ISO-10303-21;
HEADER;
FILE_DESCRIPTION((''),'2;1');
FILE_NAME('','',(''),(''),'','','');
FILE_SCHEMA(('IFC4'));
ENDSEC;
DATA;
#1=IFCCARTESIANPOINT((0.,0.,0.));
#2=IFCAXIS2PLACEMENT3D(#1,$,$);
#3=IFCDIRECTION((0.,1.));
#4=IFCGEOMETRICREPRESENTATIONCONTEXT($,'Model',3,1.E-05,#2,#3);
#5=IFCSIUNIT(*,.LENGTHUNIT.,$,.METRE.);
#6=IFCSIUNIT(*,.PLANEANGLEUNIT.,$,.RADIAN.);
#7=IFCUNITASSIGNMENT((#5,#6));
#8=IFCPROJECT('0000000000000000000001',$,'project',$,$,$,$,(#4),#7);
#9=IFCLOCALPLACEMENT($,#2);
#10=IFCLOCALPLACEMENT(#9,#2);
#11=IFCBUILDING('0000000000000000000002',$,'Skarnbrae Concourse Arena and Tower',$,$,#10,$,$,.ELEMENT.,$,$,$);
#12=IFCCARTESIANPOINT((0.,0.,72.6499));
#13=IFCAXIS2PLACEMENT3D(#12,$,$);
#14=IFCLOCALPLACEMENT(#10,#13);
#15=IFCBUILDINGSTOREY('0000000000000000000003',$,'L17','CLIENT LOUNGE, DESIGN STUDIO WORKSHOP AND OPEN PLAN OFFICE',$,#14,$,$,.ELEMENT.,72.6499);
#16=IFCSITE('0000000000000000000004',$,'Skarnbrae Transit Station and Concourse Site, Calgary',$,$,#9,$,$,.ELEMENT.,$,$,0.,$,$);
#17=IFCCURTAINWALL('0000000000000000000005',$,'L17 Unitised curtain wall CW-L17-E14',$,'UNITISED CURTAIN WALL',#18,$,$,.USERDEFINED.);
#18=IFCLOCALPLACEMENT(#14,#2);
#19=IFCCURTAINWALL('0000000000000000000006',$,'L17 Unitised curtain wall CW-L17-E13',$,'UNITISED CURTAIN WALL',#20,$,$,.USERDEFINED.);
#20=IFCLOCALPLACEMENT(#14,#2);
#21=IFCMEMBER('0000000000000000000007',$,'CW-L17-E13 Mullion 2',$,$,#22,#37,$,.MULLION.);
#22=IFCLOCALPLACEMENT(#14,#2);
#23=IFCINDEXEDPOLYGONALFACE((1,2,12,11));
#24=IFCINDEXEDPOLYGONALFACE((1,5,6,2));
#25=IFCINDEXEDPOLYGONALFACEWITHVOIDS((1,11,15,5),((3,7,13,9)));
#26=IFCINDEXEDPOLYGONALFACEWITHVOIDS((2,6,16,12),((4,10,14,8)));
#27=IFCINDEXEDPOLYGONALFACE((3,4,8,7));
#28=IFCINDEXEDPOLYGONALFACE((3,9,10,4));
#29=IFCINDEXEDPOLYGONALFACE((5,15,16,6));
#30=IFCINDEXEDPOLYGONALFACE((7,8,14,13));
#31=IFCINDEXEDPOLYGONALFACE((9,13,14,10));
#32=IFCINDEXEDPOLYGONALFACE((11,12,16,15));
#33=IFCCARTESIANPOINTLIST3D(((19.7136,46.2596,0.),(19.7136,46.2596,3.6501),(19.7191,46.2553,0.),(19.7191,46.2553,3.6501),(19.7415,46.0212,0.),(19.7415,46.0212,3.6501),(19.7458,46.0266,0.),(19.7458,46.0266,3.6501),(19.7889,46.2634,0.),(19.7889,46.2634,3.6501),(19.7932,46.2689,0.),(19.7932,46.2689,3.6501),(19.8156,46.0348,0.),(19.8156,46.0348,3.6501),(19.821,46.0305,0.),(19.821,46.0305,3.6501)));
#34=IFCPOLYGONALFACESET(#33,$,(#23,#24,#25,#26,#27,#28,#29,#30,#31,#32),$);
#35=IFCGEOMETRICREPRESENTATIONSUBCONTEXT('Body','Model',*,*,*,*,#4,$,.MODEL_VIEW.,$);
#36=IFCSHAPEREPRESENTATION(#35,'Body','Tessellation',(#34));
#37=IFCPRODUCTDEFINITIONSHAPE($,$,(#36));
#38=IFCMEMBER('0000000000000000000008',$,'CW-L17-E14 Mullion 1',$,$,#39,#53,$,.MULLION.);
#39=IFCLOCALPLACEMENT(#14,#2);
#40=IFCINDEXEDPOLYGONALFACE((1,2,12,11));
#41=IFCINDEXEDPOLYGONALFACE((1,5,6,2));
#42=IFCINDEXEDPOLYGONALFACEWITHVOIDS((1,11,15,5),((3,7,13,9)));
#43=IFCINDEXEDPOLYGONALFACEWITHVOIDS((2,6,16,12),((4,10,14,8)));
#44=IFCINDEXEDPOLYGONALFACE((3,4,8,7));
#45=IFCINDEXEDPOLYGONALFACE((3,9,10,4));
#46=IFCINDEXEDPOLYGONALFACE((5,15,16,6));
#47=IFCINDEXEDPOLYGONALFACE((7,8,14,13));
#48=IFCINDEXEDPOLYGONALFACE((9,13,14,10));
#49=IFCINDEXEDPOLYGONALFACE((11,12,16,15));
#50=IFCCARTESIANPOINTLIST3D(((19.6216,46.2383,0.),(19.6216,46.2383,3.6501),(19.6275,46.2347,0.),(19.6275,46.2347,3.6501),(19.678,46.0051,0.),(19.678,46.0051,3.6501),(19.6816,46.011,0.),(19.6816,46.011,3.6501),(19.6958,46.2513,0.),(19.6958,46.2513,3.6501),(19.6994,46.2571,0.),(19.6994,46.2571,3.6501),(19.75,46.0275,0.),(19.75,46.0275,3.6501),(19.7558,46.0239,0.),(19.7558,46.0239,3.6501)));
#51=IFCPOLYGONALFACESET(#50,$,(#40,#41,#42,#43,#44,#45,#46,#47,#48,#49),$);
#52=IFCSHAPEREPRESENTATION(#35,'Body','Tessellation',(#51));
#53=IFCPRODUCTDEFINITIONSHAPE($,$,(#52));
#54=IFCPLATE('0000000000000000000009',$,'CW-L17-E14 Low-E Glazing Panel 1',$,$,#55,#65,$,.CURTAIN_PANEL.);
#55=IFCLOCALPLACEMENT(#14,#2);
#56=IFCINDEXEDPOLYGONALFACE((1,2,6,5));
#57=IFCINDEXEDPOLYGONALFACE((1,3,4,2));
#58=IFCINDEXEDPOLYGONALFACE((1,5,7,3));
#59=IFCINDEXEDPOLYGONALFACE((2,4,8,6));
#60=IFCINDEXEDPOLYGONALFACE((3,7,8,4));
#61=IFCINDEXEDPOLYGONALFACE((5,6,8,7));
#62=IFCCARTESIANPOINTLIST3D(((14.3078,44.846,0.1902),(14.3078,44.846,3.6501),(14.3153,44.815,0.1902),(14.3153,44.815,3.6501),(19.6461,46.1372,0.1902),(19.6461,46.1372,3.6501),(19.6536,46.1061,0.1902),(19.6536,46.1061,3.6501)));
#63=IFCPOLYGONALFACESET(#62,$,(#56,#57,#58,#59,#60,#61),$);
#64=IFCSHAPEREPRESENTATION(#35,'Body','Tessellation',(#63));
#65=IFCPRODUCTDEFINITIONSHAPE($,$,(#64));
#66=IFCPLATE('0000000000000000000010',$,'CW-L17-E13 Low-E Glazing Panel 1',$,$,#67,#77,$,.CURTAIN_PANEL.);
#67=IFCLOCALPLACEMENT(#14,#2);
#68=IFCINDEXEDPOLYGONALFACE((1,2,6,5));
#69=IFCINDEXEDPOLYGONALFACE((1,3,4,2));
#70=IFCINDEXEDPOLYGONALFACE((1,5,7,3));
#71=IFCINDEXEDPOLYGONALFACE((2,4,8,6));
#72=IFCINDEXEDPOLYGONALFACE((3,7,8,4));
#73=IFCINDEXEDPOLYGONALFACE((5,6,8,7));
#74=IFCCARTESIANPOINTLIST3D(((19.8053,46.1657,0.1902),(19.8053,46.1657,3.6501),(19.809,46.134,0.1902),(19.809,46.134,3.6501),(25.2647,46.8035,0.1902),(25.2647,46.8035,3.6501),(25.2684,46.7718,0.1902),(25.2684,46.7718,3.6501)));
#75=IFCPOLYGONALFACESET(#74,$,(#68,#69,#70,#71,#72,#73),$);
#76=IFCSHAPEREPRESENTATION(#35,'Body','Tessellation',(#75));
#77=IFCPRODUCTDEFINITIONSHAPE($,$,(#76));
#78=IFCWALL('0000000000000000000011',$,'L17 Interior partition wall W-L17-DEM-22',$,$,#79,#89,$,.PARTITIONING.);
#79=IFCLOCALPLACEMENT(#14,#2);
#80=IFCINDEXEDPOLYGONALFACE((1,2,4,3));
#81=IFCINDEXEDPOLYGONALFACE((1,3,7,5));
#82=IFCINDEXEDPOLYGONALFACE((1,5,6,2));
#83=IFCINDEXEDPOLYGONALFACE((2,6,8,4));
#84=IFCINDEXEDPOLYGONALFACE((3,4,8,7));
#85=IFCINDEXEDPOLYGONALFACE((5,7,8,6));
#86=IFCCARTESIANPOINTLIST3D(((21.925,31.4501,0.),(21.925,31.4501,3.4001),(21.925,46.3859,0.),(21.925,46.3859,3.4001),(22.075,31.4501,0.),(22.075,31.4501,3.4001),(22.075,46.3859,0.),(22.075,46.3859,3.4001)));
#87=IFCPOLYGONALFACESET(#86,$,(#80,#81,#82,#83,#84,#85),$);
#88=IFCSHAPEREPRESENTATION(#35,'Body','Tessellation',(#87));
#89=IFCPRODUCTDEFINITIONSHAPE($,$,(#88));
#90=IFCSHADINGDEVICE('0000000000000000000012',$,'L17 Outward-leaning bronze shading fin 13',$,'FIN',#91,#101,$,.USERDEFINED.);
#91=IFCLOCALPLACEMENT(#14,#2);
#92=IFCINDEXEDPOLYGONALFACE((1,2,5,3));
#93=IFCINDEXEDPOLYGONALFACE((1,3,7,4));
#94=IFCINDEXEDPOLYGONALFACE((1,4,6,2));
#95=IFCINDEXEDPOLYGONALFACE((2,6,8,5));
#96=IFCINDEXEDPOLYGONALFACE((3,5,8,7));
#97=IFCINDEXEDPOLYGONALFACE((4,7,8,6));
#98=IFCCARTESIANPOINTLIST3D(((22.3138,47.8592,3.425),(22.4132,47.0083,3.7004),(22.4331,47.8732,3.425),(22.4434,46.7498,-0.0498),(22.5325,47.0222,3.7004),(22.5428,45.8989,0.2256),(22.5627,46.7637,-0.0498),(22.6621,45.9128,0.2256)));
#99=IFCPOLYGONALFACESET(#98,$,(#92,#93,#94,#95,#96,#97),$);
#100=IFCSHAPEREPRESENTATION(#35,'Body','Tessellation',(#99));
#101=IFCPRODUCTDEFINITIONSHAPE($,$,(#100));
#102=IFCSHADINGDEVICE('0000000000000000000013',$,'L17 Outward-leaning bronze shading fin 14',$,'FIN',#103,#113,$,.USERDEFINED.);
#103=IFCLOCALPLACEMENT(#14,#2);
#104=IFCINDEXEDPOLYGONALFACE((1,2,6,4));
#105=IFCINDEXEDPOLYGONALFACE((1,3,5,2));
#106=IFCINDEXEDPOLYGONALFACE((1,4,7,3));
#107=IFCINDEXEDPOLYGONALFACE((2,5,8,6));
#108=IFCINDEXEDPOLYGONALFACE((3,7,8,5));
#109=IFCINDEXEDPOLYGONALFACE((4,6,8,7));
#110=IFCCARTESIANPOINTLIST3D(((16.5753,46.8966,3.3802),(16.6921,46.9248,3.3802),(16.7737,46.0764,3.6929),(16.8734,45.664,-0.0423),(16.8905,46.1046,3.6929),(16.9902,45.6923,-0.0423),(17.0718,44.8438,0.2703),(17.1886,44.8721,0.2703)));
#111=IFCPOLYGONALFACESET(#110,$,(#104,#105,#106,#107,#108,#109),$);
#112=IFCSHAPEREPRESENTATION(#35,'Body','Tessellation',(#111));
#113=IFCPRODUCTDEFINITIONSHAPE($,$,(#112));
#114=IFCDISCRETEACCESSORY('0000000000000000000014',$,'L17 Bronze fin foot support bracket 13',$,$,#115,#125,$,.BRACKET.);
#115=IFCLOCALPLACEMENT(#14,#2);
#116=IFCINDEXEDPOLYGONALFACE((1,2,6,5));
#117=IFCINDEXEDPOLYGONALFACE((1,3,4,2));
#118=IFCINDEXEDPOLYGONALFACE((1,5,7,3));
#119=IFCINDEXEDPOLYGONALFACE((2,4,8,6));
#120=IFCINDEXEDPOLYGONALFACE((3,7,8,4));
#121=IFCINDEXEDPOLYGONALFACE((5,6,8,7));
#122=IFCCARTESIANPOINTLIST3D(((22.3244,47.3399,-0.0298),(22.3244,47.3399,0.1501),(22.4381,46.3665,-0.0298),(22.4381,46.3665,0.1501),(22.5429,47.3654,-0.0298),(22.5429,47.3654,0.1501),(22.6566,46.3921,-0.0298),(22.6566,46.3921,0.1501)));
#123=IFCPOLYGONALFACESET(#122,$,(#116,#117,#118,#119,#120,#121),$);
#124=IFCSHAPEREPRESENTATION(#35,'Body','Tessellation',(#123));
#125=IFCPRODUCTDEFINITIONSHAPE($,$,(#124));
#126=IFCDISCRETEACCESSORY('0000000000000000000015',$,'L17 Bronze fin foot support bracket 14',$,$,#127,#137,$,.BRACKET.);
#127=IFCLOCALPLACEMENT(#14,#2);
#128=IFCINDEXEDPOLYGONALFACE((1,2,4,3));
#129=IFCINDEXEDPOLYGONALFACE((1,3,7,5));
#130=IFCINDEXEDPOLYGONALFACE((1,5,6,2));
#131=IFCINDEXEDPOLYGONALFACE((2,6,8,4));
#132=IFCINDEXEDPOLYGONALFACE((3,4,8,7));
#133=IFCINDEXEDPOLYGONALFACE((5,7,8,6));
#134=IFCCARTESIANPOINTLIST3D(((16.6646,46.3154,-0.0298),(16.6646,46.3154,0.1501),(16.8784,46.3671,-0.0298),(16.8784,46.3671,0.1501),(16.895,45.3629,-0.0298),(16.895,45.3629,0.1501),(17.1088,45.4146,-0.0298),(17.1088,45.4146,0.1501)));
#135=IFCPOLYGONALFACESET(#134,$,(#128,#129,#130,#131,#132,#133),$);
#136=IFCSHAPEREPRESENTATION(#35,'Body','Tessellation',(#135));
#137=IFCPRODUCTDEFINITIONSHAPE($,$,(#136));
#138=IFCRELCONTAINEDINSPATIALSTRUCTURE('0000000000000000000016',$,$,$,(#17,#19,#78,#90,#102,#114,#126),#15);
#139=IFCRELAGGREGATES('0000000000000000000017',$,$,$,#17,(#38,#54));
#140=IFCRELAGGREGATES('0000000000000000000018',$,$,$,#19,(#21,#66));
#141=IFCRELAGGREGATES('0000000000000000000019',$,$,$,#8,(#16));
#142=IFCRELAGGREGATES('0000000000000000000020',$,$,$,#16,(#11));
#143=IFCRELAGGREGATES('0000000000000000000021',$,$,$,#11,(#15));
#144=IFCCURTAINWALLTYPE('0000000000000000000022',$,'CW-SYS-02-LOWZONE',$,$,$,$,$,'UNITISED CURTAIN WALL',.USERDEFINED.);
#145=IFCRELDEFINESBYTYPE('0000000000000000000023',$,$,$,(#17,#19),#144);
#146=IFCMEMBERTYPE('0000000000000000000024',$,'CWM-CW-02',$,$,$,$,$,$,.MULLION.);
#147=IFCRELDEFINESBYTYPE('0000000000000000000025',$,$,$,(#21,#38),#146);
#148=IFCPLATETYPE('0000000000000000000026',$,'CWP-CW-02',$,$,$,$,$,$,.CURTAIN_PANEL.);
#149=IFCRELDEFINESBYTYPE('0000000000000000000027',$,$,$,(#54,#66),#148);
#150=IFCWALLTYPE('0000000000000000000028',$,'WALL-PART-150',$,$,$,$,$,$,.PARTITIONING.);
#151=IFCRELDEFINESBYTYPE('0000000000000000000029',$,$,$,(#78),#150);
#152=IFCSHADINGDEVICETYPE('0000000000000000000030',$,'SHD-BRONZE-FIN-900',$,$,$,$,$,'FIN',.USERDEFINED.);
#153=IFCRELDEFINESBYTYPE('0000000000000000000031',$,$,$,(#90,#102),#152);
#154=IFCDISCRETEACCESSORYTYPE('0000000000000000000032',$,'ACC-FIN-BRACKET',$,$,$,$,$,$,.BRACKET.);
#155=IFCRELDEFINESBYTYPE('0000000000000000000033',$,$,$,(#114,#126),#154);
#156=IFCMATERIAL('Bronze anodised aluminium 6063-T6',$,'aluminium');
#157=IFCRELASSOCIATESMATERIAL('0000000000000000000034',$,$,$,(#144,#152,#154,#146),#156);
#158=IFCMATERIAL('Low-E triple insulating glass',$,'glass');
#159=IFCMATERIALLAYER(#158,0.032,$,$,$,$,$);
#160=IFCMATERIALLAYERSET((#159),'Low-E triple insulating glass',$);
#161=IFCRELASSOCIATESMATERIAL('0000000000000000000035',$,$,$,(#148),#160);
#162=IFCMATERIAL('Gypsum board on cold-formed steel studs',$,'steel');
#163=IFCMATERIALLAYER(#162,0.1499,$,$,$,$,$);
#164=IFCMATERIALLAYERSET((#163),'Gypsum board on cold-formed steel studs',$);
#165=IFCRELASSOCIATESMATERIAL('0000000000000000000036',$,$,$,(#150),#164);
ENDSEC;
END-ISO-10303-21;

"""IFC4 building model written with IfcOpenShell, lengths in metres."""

from ifc_helpers import new_model, si_unit, direction, frame, frame_2d, origin, origin_2d, place, context, subcontext, project, spatial, rectangle, hollow_rectangle, extrude, source, transform, mapped, material, layer, layer_set, material_profile, profile_set, type_object, element, aggregate, save


model = new_model("IFC4")

# Units and contexts
model_context = context("Model", 3, precision=1e-05, world=origin(), true_north=direction((0.0, 1.0)))
body_context = subcontext(model_context, "Body", "Model", "MODEL_VIEW")
ifc_project = project(units=[si_unit("LENGTHUNIT", "METRE"), si_unit("PLANEANGLEUNIT", "RADIAN")], contexts=[model_context])

# Site, building, storey
site_placement = place(None, origin())
site = spatial("IfcSite", under=ifc_project, at=site_placement, Name="Skarnbrae Transit Station and Concourse Site, Calgary", CompositionType="ELEMENT", RefElevation=0.0)
building_placement = place(site_placement, origin())
building = spatial("IfcBuilding", under=site, at=building_placement, Name="Skarnbrae Concourse Arena and Tower", CompositionType="ELEMENT")
storey_placement = place(building_placement, frame((0.0, 0.0, 72.6499)))
storey = spatial("IfcBuildingStorey", under=building, at=storey_placement, Name="L17", Description="CLIENT LOUNGE, DESIGN STUDIO WORKSHOP AND OPEN PLAN OFFICE", CompositionType="ELEMENT", Elevation=72.6499)

# Curtain walls
ifc_material_1 = material(Name="Bronze anodised aluminium 6063-T6", Category="aluminium")
curtain_wall_type = type_object("IfcCurtainWallType", Name="CW-SYS-02-LOWZONE", ElementType="UNITISED CURTAIN WALL", PredefinedType="USERDEFINED", material=ifc_material_1)
curtain_wall_1_placement = place(storey_placement, origin())
curtain_wall_1 = element("IfcCurtainWall", 1, at=curtain_wall_1_placement, inside=storey, type_object=curtain_wall_type, Name="L17 Unitised curtain wall CW-L17-E14", ObjectType="UNITISED CURTAIN WALL", PredefinedType="USERDEFINED")
curtain_wall_2_placement = place(storey_placement, origin())
curtain_wall_2 = element("IfcCurtainWall", 2, at=curtain_wall_2_placement, inside=storey, type_object=curtain_wall_type, Name="L17 Unitised curtain wall CW-L17-E13", ObjectType="UNITISED CURTAIN WALL", PredefinedType="USERDEFINED")
ifc_material_profile_1 = material_profile(ifc_material_1, hollow_rectangle(XDim=0.0801, YDim=0.24, WallThickness=0.0049, at=origin_2d()), Name="ALU-MULL-80X240")
ifc_profile_set_1 = profile_set([ifc_material_profile_1], Name="Bronze anodised aluminium 6063-T6")
member_type_1 = type_object("IfcMemberType", Name="CWM-CW-02", PredefinedType="MULLION", material=ifc_profile_set_1)
shared_shape_1 = source(origin(), body_context, "Body", "SweptSolid", [
    extrude(hollow_rectangle(XDim=0.0801, YDim=0.24, WallThickness=0.0049, at=origin_2d()), origin(), (0.0, 0.0, 1.0), 3.6501),
])

# Members
member_1_placement = place(storey_placement, frame((19.7673, 46.145, 0.0), z_axis=(0.0, 0.0, 1.0), x_axis=(-0.993245, -0.11604, 0.0)))
member_1 = element("IfcMember", 3, at=member_1_placement, type_object=member_type_1, Name="CW-L17-E13 Mullion 2", PredefinedType="MULLION", context=body_context, shape_type="MappedRepresentation", body=[
    mapped(shared_shape_1, transform((0.0, 0.0, 0.0))),
])
member_2_placement = place(storey_placement, frame((19.6887, 46.1311, 0.0), z_axis=(0.0, 0.0, 1.0), x_axis=(-0.971974, -0.23509, 0.0)))
member_2 = element("IfcMember", 4, at=member_2_placement, type_object=member_type_1, Name="CW-L17-E14 Mullion 1", PredefinedType="MULLION", context=body_context, shape_type="MappedRepresentation", body=[
    mapped(shared_shape_1, transform((0.0, 0.0, 0.0))),
])

# Plates
ifc_material_2 = material(Name="Low-E triple insulating glass", Category="glass")
ifc_layer_1 = layer(ifc_material_2, 0.032)
ifc_layer_set_1 = layer_set([ifc_layer_1], Name="Low-E triple insulating glass")
plate_type = type_object("IfcPlateType", Name="CWP-CW-02", PredefinedType="CURTAIN_PANEL", material=ifc_layer_set_1)
shared_shape_2 = source(origin(), body_context, "Body", "SweptSolid", [
    extrude(rectangle(XDim=5.4922, YDim=0.032, at=origin_2d()), origin(), (0.0, 0.0, 1.0), 3.46),
])
plate_1_placement = place(storey_placement, frame((16.9807, 45.4761, 0.1902), z_axis=(0.0, 0.0, 1.0), x_axis=(-0.971974, -0.23509, 0.0)))
plate_1 = element("IfcPlate", 5, at=plate_1_placement, type_object=plate_type, Name="CW-L17-E14 Low-E Glazing Panel 1", PredefinedType="CURTAIN_PANEL", context=body_context, shape_type="MappedRepresentation", body=[
    mapped(shared_shape_2, transform((0.0, 0.0, 0.0))),
])
aggregate(curtain_wall_1, [member_2, plate_1])
shared_shape_3 = source(origin(), body_context, "Body", "SweptSolid", [
    extrude(rectangle(XDim=5.4966, YDim=0.032, at=origin_2d()), origin(), (0.0, 0.0, 1.0), 3.46),
])
plate_2_placement = place(storey_placement, frame((22.5369, 46.4688, 0.1902), z_axis=(0.0, 0.0, 1.0), x_axis=(-0.993245, -0.11604, 0.0)))
plate_2 = element("IfcPlate", 6, at=plate_2_placement, type_object=plate_type, Name="CW-L17-E13 Low-E Glazing Panel 1", PredefinedType="CURTAIN_PANEL", context=body_context, shape_type="MappedRepresentation", body=[
    mapped(shared_shape_3, transform((0.0, 0.0, 0.0))),
])
aggregate(curtain_wall_2, [member_1, plate_2])

# Wall
ifc_material_3 = material(Name="Gypsum board on cold-formed steel studs", Category="steel")
ifc_layer_2 = layer(ifc_material_3, 0.1499)
ifc_layer_set_2 = layer_set([ifc_layer_2], Name="Gypsum board on cold-formed steel studs")
wall_type = type_object("IfcWallType", Name="WALL-PART-150", PredefinedType="PARTITIONING", material=ifc_layer_set_2)
shared_shape_4 = source(origin(), body_context, "Body", "SweptSolid", [
    extrude(rectangle(XDim=14.9358, YDim=0.1499, at=frame_2d((7.4678, 0.0))), origin(), (0.0, 0.0, 1.0), 3.4001),
])
wall_placement = place(storey_placement, frame((22.0, 46.3857, 0.0), z_axis=(0.0, 0.0, 1.0), x_axis=(0.0, -1.0, 0.0)))
element("IfcWall", 7, at=wall_placement, inside=storey, type_object=wall_type, Name="L17 Interior partition wall W-L17-DEM-22", PredefinedType="PARTITIONING", context=body_context, shape_type="MappedRepresentation", body=[
    mapped(shared_shape_4, transform((0.0, 0.0, 0.0))),
])

# Shading devices
shading_device_type = type_object("IfcShadingDeviceType", Name="SHD-BRONZE-FIN-900", ElementType="FIN", PredefinedType="USERDEFINED", material=ifc_material_1)
shared_shape_5 = source(origin(), body_context, "Body", "SweptSolid", [
    extrude(rectangle(XDim=0.1201, YDim=0.8999, at=origin_2d()), origin(), (0.0, 0.0, 1.0), 3.6499),
])
for number, where, z_axis, x_axis, name in (
    (8, (22.5527, 46.3313, 0.0879), (-0.035513, 0.30396, 0.952023), (0.993244, 0.116047, 0.0), "L17 Outward-leaning bronze shading fin 13"),
    (9, (17.031, 45.2681, 0.114), (-0.081677, 0.337689, 0.937707), (0.971973, 0.235091, 0.0), "L17 Outward-leaning bronze shading fin 14"),
):
    element("IfcShadingDevice", number, at=place(storey_placement, frame(where, z_axis=z_axis, x_axis=x_axis)), inside=storey, type_object=shading_device_type, Name=name, ObjectType="FIN", PredefinedType="USERDEFINED", context=body_context, shape_type="MappedRepresentation", body=[
        mapped(shared_shape_5, transform((0.0, 0.0, 0.0))),
    ])

# Discrete accessories
discrete_accessory_type = type_object("IfcDiscreteAccessoryType", Name="ACC-FIN-BRACKET", PredefinedType="BRACKET", material=ifc_material_1)
shared_shape_6 = source(origin(), body_context, "Body", "SweptSolid", [
    extrude(rectangle(XDim=0.22, YDim=0.98, at=origin_2d()), origin(), (0.0, 0.0, 1.0), 0.1799),
])
for number, where, z_axis, x_axis, name in (
    (10, (22.4905, 46.866, -0.0298), (0.0, 0.0, 1.0), (0.993244, 0.116047, 0.0), "L17 Bronze fin foot support bracket 13"),
    (11, (16.8867, 45.865, -0.0298), (0.0, 0.0, 1.0), (0.971973, 0.235091, 0.0), "L17 Bronze fin foot support bracket 14"),
):
    element("IfcDiscreteAccessory", number, at=place(storey_placement, frame(where, z_axis=z_axis, x_axis=x_axis)), inside=storey, type_object=discrete_accessory_type, Name=name, PredefinedType="BRACKET", context=body_context, shape_type="MappedRepresentation", body=[
        mapped(shared_shape_6, transform((0.0, 0.0, 0.0))),
    ])

save(model, "model.ifc")
